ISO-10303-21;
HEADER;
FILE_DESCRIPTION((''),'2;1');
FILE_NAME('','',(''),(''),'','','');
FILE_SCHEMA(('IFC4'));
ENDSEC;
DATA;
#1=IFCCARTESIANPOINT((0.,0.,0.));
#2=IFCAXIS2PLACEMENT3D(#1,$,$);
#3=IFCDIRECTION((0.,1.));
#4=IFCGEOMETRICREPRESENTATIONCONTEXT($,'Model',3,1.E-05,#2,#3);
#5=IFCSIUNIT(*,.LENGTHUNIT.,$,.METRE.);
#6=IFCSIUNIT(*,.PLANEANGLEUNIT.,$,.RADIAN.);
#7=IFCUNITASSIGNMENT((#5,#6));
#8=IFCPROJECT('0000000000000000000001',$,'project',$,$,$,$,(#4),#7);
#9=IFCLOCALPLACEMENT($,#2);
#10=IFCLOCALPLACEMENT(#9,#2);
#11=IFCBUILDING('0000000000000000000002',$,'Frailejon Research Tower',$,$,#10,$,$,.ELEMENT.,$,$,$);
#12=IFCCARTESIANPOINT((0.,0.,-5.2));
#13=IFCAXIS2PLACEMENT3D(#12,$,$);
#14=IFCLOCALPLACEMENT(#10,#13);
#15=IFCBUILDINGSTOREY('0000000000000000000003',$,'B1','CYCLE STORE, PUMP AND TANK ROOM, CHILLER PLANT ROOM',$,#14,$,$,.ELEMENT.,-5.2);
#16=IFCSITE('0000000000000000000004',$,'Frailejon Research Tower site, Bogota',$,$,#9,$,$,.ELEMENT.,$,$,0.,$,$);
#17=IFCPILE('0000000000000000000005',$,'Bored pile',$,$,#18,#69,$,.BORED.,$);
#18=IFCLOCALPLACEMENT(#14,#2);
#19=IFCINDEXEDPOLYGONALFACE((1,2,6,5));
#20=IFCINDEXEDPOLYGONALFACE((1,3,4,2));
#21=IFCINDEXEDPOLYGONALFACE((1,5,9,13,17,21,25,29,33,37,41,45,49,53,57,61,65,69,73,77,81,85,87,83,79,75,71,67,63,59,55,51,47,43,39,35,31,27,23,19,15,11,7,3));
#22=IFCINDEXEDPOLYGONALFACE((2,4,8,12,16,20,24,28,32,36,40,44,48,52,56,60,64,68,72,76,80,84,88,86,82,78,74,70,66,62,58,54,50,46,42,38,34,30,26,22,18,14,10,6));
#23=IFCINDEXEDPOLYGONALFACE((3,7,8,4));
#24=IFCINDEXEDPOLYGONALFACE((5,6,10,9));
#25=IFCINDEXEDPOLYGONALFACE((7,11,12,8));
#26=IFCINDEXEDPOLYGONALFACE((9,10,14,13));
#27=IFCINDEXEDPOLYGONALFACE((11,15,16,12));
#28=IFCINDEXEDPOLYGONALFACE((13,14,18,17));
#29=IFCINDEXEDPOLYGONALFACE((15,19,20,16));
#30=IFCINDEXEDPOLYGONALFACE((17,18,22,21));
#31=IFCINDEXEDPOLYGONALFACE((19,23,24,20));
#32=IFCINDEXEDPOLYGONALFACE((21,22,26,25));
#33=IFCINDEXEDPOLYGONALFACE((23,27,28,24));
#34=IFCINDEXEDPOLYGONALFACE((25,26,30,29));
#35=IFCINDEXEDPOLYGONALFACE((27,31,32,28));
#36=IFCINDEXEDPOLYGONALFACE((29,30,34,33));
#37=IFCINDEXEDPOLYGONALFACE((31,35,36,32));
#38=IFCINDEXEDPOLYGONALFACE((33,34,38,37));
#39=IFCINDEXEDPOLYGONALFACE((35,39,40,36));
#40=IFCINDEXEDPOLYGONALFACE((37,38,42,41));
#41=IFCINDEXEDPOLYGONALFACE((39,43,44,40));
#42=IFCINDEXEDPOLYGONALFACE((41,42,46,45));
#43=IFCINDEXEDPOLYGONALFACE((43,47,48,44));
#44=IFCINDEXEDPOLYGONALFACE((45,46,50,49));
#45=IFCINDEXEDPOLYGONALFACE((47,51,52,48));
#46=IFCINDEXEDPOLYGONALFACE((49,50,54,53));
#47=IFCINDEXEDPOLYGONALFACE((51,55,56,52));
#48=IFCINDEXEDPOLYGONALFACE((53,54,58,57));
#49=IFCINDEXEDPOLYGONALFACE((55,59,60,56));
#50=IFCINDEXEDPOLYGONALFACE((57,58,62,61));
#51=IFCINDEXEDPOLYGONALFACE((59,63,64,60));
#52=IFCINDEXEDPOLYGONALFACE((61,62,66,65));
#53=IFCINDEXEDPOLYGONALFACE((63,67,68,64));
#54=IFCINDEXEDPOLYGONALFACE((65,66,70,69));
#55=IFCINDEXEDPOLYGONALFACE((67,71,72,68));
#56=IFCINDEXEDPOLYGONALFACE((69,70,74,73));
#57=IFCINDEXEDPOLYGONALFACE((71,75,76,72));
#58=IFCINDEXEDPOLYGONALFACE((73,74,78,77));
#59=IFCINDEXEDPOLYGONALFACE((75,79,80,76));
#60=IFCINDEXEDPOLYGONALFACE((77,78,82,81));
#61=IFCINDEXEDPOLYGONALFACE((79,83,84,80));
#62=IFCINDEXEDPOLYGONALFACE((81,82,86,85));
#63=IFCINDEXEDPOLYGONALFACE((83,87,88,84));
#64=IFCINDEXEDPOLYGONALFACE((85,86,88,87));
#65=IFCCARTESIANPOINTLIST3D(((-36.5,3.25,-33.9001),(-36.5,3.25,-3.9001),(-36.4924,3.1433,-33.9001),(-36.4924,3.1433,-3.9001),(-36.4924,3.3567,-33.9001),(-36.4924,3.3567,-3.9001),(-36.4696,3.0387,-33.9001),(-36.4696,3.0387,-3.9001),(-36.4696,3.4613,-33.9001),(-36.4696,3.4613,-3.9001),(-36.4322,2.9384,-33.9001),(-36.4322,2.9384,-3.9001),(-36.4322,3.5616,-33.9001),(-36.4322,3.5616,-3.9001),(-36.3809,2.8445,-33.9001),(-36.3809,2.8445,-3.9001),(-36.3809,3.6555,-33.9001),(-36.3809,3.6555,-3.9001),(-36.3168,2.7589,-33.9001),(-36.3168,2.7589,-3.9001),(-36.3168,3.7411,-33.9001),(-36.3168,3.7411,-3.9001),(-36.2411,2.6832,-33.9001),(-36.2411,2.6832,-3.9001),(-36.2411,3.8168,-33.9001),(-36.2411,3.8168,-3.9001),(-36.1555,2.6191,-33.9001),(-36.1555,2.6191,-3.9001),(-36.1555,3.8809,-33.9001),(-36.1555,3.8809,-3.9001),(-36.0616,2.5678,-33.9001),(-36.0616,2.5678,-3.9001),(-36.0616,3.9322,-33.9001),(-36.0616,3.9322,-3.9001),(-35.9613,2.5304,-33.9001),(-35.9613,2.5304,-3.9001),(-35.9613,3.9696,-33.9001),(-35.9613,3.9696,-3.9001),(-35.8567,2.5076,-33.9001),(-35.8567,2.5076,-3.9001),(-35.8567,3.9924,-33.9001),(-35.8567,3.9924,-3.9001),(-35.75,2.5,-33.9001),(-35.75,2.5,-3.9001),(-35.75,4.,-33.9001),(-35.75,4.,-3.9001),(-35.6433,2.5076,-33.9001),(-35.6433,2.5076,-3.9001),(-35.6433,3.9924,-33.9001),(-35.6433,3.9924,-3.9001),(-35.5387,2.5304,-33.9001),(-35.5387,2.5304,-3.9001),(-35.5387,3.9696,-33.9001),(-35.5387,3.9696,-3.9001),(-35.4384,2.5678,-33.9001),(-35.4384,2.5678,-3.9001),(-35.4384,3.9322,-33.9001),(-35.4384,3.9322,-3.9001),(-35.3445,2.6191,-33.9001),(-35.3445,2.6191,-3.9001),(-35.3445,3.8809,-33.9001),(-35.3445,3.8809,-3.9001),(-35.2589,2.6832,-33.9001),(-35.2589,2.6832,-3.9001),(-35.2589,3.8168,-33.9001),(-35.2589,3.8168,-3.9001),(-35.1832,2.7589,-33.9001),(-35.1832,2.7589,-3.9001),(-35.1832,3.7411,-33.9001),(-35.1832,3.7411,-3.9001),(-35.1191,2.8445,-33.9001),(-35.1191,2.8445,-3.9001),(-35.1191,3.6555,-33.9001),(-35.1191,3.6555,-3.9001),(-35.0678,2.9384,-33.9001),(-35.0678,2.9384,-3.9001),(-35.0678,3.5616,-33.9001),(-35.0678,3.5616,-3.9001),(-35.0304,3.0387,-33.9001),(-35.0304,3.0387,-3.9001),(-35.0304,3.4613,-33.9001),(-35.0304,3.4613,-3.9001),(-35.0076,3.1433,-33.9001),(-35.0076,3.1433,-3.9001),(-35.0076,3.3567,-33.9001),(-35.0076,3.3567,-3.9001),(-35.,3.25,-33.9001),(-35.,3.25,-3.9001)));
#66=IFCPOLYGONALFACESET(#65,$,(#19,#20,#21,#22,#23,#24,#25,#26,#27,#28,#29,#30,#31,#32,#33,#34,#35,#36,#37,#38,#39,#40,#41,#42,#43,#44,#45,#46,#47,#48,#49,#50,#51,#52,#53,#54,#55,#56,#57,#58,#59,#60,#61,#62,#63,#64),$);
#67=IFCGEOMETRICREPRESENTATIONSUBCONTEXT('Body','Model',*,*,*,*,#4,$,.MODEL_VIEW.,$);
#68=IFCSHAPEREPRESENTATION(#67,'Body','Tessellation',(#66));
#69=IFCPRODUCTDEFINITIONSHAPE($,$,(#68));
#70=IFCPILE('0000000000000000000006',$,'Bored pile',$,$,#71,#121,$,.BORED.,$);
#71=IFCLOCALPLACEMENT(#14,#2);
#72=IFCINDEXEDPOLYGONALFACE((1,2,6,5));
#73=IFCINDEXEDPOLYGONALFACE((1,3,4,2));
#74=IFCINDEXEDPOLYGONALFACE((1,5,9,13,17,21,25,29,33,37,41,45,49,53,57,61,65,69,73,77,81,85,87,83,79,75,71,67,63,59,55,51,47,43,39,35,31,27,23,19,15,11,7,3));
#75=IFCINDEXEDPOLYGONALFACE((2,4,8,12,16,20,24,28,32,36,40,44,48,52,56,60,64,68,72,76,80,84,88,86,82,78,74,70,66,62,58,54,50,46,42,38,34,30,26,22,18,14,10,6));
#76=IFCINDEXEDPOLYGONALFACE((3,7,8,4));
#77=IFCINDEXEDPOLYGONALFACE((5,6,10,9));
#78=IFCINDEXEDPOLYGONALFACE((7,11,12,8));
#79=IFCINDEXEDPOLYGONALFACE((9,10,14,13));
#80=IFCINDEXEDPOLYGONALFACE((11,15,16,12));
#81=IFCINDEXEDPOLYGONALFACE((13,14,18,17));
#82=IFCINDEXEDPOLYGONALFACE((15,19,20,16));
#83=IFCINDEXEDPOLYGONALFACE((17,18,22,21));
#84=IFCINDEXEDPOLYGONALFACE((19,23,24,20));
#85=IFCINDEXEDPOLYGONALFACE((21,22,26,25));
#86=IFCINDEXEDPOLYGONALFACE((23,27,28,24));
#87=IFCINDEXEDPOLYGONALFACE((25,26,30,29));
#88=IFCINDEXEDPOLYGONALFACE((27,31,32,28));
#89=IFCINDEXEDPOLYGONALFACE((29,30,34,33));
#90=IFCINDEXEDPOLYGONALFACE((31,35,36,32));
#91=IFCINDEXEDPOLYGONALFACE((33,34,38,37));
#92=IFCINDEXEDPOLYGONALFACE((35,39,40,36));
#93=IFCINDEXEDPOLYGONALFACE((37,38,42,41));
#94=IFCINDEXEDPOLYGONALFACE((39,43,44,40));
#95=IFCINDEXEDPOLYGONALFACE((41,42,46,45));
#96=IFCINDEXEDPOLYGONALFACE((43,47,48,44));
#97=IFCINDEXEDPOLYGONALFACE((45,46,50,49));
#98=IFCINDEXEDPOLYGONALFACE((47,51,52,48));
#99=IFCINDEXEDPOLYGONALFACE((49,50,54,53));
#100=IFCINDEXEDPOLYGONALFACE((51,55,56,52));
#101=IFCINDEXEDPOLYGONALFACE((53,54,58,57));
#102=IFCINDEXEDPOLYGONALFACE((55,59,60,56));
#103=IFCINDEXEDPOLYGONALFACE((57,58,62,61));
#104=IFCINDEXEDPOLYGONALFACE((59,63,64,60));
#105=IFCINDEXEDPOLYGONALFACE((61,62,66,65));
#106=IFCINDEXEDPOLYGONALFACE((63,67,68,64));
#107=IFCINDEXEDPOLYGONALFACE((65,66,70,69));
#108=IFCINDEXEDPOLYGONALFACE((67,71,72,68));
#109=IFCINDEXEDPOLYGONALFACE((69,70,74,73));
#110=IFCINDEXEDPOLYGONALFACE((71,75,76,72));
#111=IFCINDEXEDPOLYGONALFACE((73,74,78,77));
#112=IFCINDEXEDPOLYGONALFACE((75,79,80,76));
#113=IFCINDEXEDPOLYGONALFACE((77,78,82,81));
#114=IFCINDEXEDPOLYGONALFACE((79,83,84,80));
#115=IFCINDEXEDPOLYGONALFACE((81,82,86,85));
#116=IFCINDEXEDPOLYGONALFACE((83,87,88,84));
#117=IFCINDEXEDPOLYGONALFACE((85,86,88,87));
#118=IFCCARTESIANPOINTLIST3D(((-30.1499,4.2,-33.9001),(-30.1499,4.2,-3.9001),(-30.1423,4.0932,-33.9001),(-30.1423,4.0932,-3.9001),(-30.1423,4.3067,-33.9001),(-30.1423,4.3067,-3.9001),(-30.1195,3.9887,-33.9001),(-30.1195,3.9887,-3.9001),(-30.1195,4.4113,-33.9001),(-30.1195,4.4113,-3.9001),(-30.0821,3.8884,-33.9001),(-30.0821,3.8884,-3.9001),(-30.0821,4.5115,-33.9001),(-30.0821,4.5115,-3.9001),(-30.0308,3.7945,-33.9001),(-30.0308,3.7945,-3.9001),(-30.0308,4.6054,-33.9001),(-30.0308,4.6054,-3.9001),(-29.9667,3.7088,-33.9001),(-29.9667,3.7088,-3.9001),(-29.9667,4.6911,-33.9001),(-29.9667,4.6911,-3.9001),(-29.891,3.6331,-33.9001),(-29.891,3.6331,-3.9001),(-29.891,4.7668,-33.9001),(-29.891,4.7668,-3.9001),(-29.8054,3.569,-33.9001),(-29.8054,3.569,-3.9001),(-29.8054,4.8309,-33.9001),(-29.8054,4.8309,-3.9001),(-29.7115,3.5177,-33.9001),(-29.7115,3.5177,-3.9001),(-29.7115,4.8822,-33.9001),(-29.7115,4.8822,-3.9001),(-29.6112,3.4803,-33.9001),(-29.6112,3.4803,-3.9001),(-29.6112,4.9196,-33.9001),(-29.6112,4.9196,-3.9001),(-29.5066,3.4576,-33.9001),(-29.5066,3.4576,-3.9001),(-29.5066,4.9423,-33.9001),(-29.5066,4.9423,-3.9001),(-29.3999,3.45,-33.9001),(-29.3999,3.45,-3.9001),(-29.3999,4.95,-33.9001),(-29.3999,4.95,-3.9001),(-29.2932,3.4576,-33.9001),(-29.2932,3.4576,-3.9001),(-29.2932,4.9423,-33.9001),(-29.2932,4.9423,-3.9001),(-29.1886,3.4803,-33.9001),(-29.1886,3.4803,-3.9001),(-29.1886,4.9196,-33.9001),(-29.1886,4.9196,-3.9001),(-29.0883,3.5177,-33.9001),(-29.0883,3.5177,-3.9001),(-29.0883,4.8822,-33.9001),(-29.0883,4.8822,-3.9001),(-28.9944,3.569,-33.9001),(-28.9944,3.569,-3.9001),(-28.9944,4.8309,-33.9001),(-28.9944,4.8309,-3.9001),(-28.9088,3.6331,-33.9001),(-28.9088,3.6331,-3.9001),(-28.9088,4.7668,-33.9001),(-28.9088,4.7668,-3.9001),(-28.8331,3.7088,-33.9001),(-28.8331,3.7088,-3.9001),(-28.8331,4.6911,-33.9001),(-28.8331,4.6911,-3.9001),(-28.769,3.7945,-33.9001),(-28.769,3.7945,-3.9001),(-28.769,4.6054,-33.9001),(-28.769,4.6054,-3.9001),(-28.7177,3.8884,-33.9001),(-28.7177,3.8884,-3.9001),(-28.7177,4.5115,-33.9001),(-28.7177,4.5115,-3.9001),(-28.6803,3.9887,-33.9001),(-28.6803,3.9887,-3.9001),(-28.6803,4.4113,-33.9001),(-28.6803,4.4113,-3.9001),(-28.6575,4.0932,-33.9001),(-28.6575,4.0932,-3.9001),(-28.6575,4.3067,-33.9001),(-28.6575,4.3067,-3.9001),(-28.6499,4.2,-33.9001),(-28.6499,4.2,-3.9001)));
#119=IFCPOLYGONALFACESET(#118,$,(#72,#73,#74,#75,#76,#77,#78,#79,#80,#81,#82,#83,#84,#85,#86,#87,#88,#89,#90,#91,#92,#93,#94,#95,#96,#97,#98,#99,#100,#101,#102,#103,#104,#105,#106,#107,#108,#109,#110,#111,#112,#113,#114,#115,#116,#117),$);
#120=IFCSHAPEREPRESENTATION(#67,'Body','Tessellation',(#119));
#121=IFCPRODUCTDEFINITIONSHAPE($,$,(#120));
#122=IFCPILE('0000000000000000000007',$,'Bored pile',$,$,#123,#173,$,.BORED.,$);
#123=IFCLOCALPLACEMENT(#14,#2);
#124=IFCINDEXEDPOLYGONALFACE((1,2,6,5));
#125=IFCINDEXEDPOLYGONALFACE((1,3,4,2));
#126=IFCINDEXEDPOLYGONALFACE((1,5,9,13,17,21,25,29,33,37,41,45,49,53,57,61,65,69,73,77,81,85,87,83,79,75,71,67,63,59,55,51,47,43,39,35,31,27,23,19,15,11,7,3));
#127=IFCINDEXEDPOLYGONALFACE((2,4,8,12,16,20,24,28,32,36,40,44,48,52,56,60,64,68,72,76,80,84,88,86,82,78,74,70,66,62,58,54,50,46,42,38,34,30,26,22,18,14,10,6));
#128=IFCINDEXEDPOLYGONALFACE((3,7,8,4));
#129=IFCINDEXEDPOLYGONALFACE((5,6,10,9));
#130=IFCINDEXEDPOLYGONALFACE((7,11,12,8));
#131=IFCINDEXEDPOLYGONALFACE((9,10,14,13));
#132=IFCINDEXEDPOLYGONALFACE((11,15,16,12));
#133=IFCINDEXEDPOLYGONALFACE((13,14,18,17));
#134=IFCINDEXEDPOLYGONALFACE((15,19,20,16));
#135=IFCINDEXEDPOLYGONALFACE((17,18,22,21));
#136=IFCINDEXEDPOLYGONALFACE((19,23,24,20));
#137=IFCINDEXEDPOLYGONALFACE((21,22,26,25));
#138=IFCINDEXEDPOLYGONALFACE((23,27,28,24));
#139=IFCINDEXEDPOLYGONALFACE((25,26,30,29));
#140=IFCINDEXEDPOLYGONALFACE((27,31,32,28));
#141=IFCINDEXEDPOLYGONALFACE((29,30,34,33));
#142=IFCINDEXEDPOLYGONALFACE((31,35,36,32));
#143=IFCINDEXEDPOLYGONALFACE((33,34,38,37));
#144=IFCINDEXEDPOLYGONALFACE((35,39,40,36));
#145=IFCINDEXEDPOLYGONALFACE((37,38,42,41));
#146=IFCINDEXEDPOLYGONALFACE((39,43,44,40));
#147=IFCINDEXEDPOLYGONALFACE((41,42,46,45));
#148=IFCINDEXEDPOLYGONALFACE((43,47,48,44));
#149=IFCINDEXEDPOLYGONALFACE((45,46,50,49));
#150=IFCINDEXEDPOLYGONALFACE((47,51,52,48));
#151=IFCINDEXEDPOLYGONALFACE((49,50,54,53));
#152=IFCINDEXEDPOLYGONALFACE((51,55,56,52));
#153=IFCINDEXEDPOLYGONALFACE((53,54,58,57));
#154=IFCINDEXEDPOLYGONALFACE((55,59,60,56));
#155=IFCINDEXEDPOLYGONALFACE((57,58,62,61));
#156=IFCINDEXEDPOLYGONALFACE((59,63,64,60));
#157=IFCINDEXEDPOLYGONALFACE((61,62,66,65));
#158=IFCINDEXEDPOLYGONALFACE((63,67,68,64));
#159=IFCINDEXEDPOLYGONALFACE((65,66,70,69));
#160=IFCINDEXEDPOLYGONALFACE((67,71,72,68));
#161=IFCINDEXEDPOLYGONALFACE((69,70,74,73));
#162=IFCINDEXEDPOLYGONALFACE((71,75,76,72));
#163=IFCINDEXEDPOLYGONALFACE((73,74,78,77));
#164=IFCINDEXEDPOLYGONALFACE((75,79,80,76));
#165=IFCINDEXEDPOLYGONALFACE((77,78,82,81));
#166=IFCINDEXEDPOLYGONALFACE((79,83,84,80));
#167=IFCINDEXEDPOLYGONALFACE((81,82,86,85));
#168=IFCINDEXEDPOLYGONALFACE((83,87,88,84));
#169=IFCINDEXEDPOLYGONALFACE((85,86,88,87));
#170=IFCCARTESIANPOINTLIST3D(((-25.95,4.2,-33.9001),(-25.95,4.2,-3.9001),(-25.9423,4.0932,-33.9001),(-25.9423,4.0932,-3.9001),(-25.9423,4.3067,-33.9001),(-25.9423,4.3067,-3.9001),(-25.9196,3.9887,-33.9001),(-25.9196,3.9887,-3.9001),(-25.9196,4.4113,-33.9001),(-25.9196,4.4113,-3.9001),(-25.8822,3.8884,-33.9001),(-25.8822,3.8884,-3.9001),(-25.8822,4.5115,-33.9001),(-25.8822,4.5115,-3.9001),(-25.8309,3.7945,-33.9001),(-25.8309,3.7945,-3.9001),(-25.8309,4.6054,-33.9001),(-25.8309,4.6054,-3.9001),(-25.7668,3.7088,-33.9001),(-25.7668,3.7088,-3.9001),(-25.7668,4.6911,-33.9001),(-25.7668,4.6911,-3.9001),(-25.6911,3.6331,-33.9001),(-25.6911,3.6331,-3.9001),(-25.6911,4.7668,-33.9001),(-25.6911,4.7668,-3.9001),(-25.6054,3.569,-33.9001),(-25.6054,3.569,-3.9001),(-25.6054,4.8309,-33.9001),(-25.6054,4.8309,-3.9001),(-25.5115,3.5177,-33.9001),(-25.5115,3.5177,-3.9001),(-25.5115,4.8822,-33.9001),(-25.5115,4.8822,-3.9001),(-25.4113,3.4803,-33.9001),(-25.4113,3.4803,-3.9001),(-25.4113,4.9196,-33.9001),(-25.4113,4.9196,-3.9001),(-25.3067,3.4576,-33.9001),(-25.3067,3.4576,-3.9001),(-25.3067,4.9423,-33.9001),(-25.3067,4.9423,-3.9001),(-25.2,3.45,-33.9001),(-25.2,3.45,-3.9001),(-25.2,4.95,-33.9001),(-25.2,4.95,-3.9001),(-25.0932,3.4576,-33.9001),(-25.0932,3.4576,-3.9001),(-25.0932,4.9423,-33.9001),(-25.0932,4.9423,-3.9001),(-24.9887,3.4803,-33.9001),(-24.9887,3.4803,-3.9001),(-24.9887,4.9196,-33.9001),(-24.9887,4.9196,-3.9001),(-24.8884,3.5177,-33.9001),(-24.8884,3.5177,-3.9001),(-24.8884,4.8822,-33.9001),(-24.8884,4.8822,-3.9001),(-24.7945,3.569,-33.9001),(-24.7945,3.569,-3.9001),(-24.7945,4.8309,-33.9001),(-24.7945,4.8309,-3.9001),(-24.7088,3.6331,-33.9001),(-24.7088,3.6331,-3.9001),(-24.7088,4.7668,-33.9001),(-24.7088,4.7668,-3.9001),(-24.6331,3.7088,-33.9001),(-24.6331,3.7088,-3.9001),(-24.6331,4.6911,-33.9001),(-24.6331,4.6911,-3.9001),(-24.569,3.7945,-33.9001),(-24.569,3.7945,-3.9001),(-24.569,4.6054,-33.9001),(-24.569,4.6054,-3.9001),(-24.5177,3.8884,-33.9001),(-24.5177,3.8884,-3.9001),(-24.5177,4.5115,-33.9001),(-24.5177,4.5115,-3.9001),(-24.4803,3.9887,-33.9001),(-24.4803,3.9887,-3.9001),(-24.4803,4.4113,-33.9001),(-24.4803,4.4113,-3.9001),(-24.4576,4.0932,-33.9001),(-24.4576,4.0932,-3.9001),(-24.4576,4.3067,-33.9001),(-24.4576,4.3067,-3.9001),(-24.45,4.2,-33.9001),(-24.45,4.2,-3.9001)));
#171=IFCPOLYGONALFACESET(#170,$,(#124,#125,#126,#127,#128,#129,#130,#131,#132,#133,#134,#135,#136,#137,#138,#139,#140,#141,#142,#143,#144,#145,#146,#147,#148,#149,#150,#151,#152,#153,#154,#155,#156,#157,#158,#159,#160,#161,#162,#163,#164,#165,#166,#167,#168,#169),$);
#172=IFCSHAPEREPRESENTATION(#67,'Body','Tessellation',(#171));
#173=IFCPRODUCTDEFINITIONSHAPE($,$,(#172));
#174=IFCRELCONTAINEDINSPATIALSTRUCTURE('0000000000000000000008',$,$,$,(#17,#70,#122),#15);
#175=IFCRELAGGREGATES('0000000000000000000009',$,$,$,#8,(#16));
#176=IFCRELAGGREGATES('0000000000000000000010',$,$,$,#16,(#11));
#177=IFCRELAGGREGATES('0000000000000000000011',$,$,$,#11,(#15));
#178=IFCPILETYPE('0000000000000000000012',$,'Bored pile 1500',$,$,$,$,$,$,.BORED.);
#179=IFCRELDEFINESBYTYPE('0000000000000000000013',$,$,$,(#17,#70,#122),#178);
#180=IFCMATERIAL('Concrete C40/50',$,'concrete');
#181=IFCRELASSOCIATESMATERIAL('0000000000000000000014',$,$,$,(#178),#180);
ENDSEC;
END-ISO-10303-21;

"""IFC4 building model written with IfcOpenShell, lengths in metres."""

from ifc_helpers import new_model, si_unit, direction, frame, origin, origin_2d, place, context, subcontext, project, spatial, circle, extrude, material, material_profile, profile_set, type_object, element, save


model = new_model("IFC4")

# Units and contexts
model_context = context("Model", 3, precision=1e-05, world=origin(), true_north=direction((0.0, 1.0)))
body_context = subcontext(model_context, "Body", "Model", "MODEL_VIEW")
ifc_project = project(units=[si_unit("LENGTHUNIT", "METRE"), si_unit("PLANEANGLEUNIT", "RADIAN")], contexts=[model_context])

# Site, building, storey
site_placement = place(None, origin())
site = spatial("IfcSite", under=ifc_project, at=site_placement, Name="Frailejon Research Tower site, Bogota", CompositionType="ELEMENT", RefElevation=0.0)
building_placement = place(site_placement, origin())
building = spatial("IfcBuilding", under=site, at=building_placement, Name="Frailejon Research Tower", CompositionType="ELEMENT")
storey_placement = place(building_placement, frame((0.0, 0.0, -5.2)))
storey = spatial("IfcBuildingStorey", under=building, at=storey_placement, Name="B1", Description="CYCLE STORE, PUMP AND TANK ROOM, CHILLER PLANT ROOM", CompositionType="ELEMENT", Elevation=-5.2)

# Piles
ifc_material_1 = material(Name="Concrete C40/50", Category="concrete")
ifc_material_profile_1 = material_profile(ifc_material_1, circle(Radius=0.75, at=origin_2d()), Name="Bored pile 1500")
ifc_profile_set_1 = profile_set([ifc_material_profile_1], Name="Concrete C40/50")
pile_type = type_object("IfcPileType", Name="Bored pile 1500", PredefinedType="BORED", material=ifc_profile_set_1)
for number, where, z_axis, x_axis, name in (
    (1, (-35.75, 3.25, -3.9001), (0.0, 0.0, -1.0), (1.0, 0.0, 0.0), "Bored pile"),
    (2, (-29.3999, 4.2, -3.9001), (0.0, 0.0, -1.0), (1.0, 0.0, 0.0), "Bored pile"),
    (3, (-25.2, 4.2, -3.9001), (0.0, 0.0, -1.0), (1.0, 0.0, 0.0), "Bored pile"),
):
    element("IfcPile", number, at=place(storey_placement, frame(where, z_axis=z_axis, x_axis=x_axis)), inside=storey, type_object=pile_type, Name=name, PredefinedType="BORED", context=body_context, shape_type="SweptSolid", body=[
        extrude(circle(Radius=0.75, at=origin_2d()), origin(), (0.0, 0.0, 1.0), 30.0),
    ])

save(model, "model.ifc")
